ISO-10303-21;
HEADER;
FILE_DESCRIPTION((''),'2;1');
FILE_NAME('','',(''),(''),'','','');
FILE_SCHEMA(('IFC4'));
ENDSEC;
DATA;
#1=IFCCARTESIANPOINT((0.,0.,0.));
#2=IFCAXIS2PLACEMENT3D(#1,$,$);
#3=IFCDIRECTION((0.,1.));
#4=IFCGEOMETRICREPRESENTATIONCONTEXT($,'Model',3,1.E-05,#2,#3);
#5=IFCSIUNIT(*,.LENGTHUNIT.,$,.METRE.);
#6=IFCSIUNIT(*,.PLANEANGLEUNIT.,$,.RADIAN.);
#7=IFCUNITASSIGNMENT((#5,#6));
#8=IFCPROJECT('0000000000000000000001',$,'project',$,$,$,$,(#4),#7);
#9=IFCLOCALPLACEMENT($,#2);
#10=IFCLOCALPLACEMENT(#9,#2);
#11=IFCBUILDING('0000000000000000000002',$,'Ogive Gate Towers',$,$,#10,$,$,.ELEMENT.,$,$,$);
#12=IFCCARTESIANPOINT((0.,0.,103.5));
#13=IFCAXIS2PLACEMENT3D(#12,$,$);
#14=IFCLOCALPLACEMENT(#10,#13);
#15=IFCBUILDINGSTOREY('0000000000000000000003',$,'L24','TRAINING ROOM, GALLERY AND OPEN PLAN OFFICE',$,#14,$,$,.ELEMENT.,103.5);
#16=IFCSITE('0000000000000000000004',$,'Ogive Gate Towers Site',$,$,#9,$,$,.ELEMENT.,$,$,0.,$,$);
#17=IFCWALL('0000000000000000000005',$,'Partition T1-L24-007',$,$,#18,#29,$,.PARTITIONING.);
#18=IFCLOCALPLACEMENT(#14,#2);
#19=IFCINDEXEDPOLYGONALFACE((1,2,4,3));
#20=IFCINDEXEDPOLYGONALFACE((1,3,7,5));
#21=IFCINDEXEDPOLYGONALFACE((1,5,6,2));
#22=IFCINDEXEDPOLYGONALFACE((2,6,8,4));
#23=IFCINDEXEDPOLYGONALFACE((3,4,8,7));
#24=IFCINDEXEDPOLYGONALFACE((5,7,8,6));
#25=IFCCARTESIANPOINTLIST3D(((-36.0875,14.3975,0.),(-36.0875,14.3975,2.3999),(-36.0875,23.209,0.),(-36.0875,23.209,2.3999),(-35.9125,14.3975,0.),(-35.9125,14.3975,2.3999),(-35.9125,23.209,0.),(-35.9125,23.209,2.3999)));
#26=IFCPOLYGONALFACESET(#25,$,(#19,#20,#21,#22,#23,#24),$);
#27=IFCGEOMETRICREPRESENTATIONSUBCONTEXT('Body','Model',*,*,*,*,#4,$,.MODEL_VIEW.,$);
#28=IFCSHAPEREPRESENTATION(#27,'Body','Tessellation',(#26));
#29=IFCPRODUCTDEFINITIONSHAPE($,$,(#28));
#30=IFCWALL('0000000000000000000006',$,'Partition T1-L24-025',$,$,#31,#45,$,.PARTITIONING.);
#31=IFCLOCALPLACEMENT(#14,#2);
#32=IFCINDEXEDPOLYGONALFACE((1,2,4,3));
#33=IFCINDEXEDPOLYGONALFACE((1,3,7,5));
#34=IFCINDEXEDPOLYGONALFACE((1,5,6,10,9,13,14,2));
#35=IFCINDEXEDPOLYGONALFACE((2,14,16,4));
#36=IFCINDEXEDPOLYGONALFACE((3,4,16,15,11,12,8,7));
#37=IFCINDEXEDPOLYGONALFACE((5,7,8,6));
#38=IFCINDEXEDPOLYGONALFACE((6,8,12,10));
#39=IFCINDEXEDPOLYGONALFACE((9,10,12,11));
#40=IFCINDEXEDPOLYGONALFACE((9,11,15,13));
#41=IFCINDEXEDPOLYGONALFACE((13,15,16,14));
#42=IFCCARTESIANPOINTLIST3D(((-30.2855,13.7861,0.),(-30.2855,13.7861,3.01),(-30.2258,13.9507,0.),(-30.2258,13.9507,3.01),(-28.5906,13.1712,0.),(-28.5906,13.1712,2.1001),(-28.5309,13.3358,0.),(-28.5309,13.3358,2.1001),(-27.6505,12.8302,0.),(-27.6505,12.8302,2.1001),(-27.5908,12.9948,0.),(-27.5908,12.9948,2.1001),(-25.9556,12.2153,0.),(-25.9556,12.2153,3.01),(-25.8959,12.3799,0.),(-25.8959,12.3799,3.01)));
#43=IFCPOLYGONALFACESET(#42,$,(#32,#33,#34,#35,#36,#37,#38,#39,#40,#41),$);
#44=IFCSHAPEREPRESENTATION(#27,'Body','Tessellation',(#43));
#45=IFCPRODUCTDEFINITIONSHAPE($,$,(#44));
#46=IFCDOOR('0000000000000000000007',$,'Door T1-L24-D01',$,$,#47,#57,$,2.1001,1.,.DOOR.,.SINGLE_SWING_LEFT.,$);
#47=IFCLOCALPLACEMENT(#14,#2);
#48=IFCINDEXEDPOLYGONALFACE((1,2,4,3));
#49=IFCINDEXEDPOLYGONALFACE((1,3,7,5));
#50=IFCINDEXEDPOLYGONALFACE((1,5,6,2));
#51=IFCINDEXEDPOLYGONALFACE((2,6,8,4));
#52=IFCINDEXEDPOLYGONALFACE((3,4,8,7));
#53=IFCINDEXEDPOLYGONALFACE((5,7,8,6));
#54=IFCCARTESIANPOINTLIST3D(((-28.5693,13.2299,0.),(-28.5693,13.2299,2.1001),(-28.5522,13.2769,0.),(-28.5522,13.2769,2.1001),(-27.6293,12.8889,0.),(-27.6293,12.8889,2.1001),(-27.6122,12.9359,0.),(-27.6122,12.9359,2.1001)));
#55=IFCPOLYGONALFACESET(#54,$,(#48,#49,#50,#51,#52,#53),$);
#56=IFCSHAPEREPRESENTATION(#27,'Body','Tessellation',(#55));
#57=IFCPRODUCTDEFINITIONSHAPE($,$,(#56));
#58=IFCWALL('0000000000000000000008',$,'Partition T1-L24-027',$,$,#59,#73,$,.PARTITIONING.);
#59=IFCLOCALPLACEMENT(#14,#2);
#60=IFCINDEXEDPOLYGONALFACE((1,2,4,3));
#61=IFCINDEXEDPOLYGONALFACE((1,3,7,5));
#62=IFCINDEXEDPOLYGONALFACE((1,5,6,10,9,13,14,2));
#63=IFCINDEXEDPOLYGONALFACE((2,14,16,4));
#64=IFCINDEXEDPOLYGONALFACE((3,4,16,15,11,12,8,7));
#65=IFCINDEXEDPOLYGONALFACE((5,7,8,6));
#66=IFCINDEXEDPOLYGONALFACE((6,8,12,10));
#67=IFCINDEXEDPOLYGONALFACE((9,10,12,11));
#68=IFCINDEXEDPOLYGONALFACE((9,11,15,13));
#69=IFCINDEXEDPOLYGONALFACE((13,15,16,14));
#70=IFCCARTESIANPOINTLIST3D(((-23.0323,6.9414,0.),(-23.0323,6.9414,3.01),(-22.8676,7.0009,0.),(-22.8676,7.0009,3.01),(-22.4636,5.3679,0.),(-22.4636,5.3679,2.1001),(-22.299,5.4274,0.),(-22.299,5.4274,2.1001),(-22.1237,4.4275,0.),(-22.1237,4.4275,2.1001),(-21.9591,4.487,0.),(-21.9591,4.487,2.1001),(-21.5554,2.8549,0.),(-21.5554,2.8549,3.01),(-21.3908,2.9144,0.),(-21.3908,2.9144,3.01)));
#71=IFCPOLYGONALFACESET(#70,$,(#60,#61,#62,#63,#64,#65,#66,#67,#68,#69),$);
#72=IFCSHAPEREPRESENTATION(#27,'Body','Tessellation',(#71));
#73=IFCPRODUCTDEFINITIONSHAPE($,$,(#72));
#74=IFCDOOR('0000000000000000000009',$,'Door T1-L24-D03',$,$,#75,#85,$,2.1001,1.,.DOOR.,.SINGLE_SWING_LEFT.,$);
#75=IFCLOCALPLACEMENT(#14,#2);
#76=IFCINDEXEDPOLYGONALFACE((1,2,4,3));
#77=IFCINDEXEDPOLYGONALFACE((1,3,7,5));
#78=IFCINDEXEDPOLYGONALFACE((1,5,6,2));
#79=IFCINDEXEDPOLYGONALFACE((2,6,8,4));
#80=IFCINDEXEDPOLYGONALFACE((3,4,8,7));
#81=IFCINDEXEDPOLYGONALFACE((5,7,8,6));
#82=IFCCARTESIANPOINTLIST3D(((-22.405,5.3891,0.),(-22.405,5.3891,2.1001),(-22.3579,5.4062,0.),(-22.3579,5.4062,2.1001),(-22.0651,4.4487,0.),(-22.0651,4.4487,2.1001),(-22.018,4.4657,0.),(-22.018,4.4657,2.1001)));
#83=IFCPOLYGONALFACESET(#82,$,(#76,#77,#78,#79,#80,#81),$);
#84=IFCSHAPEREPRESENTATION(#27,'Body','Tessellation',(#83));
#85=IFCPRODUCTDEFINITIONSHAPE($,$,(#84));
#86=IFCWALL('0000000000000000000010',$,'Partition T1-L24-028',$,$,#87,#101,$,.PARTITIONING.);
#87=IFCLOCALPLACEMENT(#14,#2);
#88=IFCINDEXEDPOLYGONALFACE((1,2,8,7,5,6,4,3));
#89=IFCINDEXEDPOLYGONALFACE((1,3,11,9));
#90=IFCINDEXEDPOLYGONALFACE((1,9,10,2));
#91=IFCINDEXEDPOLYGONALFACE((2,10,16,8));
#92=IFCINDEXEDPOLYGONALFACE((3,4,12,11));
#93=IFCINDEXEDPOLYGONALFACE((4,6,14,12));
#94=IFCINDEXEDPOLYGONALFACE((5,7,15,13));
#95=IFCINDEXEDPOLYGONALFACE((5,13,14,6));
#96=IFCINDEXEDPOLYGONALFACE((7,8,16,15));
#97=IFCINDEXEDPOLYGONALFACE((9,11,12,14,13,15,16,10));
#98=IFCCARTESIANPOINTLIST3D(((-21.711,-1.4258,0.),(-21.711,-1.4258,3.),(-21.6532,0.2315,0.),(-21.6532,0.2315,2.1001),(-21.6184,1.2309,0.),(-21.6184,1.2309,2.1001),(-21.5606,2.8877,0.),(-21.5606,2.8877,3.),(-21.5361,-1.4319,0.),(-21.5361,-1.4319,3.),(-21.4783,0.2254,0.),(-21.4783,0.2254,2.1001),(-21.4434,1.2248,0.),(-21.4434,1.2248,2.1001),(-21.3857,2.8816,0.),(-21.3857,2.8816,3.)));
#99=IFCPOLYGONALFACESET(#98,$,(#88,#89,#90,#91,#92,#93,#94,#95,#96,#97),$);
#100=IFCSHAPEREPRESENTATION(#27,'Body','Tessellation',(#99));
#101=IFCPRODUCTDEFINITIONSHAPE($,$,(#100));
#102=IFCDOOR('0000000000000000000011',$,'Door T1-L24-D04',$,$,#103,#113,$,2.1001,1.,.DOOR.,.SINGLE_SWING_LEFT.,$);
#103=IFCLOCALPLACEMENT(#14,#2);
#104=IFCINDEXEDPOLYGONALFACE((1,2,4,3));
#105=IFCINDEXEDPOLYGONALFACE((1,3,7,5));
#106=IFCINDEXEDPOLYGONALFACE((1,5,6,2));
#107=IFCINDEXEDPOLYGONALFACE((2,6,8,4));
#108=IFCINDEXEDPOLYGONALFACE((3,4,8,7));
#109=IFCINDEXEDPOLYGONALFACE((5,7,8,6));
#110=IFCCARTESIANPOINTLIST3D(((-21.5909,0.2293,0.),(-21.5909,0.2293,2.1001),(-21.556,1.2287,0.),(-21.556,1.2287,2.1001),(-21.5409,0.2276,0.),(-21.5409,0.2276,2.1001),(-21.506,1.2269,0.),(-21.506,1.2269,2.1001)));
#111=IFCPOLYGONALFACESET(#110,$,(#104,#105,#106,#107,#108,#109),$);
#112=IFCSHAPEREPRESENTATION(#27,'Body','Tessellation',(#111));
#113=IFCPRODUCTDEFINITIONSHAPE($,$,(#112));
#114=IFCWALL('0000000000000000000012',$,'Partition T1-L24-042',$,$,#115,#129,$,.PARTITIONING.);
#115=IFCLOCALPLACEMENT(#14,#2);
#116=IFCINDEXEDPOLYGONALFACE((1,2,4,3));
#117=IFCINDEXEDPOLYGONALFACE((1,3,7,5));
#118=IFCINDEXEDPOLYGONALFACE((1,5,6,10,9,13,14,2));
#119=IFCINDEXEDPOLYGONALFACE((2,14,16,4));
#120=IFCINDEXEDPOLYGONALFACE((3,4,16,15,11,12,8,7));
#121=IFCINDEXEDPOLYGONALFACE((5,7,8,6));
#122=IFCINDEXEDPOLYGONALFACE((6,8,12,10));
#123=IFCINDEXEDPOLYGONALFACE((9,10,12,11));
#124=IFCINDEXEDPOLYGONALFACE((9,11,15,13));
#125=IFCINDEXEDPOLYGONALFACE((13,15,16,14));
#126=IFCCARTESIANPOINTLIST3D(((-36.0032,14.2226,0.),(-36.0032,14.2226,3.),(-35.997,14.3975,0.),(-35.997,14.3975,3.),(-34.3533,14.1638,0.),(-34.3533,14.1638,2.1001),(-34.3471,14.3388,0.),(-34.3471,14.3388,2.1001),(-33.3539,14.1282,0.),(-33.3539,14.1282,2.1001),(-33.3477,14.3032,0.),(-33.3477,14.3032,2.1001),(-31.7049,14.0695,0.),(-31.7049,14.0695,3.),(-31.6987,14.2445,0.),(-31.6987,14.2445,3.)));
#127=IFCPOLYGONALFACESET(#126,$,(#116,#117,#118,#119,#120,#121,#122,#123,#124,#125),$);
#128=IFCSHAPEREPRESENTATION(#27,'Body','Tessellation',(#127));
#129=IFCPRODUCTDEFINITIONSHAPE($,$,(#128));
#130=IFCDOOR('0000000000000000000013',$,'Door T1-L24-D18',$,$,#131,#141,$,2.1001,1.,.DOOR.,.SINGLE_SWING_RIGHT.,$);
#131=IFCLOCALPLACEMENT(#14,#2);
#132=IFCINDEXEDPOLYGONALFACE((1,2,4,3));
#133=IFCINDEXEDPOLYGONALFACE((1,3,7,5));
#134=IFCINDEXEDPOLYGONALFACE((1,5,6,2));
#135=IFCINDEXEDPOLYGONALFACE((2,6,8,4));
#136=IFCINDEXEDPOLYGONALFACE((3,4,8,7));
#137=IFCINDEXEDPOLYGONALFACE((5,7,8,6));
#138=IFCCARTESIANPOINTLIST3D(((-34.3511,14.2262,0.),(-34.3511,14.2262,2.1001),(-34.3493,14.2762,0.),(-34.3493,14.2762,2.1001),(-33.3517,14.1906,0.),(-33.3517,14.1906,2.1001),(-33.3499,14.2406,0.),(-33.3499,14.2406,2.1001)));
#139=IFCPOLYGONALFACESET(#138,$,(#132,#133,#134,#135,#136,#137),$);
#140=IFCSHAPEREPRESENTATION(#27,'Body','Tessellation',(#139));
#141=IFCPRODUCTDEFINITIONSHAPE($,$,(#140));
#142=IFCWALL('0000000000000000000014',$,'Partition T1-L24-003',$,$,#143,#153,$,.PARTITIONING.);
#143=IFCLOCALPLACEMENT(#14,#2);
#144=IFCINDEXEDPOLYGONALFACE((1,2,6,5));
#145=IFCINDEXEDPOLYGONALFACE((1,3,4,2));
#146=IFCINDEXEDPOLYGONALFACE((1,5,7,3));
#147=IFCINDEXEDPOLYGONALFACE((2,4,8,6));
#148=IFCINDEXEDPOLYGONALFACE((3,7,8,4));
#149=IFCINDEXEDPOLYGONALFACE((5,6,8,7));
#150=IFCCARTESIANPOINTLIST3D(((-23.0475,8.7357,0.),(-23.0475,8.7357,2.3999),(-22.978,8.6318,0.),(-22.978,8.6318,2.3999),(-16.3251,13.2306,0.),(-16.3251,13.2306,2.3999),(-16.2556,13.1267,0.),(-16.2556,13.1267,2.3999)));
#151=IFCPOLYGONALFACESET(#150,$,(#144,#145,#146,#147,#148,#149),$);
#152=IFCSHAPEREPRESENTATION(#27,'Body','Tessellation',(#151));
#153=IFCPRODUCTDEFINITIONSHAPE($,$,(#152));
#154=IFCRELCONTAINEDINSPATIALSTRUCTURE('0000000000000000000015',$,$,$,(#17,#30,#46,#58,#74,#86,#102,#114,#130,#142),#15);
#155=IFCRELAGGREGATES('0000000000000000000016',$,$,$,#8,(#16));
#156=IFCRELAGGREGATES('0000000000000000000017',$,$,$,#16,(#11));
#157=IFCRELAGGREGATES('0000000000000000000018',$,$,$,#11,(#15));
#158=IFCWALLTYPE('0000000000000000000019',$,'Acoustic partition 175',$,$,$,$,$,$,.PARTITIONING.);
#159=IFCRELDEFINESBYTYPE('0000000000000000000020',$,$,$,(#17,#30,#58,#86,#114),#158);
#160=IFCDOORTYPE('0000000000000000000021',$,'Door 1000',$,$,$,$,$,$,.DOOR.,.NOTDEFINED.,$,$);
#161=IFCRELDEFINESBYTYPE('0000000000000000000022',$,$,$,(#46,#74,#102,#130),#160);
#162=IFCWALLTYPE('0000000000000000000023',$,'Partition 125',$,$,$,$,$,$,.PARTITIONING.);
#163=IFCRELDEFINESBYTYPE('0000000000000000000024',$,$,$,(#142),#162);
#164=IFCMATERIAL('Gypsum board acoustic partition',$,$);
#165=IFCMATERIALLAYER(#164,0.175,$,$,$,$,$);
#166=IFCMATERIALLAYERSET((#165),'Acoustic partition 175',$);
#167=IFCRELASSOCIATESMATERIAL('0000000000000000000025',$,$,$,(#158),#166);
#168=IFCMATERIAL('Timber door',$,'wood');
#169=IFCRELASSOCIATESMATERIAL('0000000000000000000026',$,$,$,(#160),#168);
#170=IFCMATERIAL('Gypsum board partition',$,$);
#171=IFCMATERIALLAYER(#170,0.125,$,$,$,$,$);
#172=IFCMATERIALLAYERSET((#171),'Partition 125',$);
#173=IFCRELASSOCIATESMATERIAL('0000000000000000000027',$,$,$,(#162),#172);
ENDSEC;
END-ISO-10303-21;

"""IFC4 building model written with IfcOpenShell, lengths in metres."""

from ifc_helpers import new_model, si_unit, direction, frame, frame_2d, origin, place, context, subcontext, project, spatial, rectangle, extrude, material, layer, layer_set, type_object, element, fill, save


model = new_model("IFC4")

# Units and contexts
model_context = context("Model", 3, precision=1e-05, world=origin(), true_north=direction((0.0, 1.0)))
body_context = subcontext(model_context, "Body", "Model", "MODEL_VIEW")
ifc_project = project(units=[si_unit("LENGTHUNIT", "METRE"), si_unit("PLANEANGLEUNIT", "RADIAN")], contexts=[model_context])

# Site, building, storey
site_placement = place(None, origin())
site = spatial("IfcSite", under=ifc_project, at=site_placement, Name="Ogive Gate Towers Site", CompositionType="ELEMENT", RefElevation=0.0)
building_placement = place(site_placement, origin())
building = spatial("IfcBuilding", under=site, at=building_placement, Name="Ogive Gate Towers", CompositionType="ELEMENT")
storey_placement = place(building_placement, frame((0.0, 0.0, 103.5)))
storey = spatial("IfcBuildingStorey", under=building, at=storey_placement, Name="L24", Description="TRAINING ROOM, GALLERY AND OPEN PLAN OFFICE", CompositionType="ELEMENT", Elevation=103.5)

# Wall
ifc_material_1 = material(Name="Gypsum board acoustic partition")
ifc_layer_1 = layer(ifc_material_1, 0.175)
ifc_layer_set_1 = layer_set([ifc_layer_1], Name="Acoustic partition 175")
wall_type_1 = type_object("IfcWallType", Name="Acoustic partition 175", PredefinedType="PARTITIONING", material=ifc_layer_set_1)
wall_1_placement = place(storey_placement, frame((-36.0, 23.209, 0.0), z_axis=(0.0, 0.0, 1.0), x_axis=(0.0, -1.0, 0.0)))
element("IfcWall", 1, at=wall_1_placement, inside=storey, type_object=wall_type_1, Name="Partition T1-L24-007", PredefinedType="PARTITIONING", context=body_context, shape_type="SweptSolid", body=[
    extrude(rectangle(XDim=8.8115, YDim=0.175, at=frame_2d((4.4058, 0.0))), origin(), (0.0, 0.0, 1.0), 2.3999),
])

# Walls, openings, doors
wall_2_placement = place(storey_placement, frame((-30.2556, 13.8684, 0.0), z_axis=(0.0, 0.0, 1.0), x_axis=(0.94005, -0.341036, 0.0)))
wall_2 = element("IfcWall", 2, at=wall_2_placement, inside=storey, type_object=wall_type_1, Name="Partition T1-L24-025", PredefinedType="PARTITIONING", context=body_context, shape_type="SweptSolid", body=[
    extrude(rectangle(XDim=4.606, YDim=0.175, at=frame_2d((2.303, 0.0))), origin(), (0.0, 0.0, 1.0), 3.01),
])
opening_1_placement = place(wall_2_placement, frame((1.803, 0.0, 0.0)))
opening_1 = element("IfcOpeningElement", 3, at=opening_1_placement, cuts=wall_2, PredefinedType="OPENING", context=body_context, shape_type="SweptSolid", body=[
    extrude(rectangle(XDim=1.0, YDim=2.1001, at=frame_2d((0.5, 1.05))), frame((0.0, 0.0977, 0.0), z_axis=(0.0, -1.0, 0.0), x_axis=(1.0, 0.0, 0.0)), (0.0, 0.0, 1.0), 0.1951),
])
ifc_material_2 = material(Name="Timber door", Category="wood")
door_type_1 = type_object("IfcDoorType", Name="Door 1000", OperationType="NOTDEFINED", PredefinedType="DOOR", material=ifc_material_2)
door_1_placement = place(opening_1_placement, origin())
door_1 = element("IfcDoor", 4, at=door_1_placement, inside=storey, type_object=door_type_1, Name="Door T1-L24-D01", OperationType="SINGLE_SWING_LEFT", OverallHeight=2.1001, OverallWidth=1.0, PredefinedType="DOOR", context=body_context, shape_type="SweptSolid", body=[
    extrude(rectangle(XDim=1.0, YDim=2.1001, at=frame_2d((0.5, 1.05))), frame((0.0, 0.0249, 0.0), z_axis=(0.0, -1.0, 0.0), x_axis=(1.0, 0.0, 0.0)), (0.0, 0.0, 1.0), 0.05),
])
fill(opening_1, door_1)
wall_3_placement = place(storey_placement, frame((-22.95, 6.9712, 0.0), z_axis=(0.0, 0.0, 1.0), x_axis=(0.339879, -0.940469, 0.0)))
wall_3 = element("IfcWall", 5, at=wall_3_placement, inside=storey, type_object=wall_type_1, Name="Partition T1-L24-027", PredefinedType="PARTITIONING", context=body_context, shape_type="SweptSolid", body=[
    extrude(rectangle(XDim=4.3452, YDim=0.175, at=frame_2d((2.1726, 0.0))), origin(), (0.0, 0.0, 1.0), 3.01),
])
opening_2_placement = place(wall_3_placement, frame((1.6731, 0.0, 0.0)))
opening_2 = element("IfcOpeningElement", 6, at=opening_2_placement, cuts=wall_3, PredefinedType="OPENING", context=body_context, shape_type="SweptSolid", body=[
    extrude(rectangle(XDim=1.0, YDim=2.1001, at=frame_2d((0.5, 1.05))), frame((0.0, 0.0977, 0.0), z_axis=(0.0, -1.0, 0.0), x_axis=(1.0, 0.0, 0.0)), (0.0, 0.0, 1.0), 0.1951),
])
door_2_placement = place(opening_2_placement, origin())
door_2 = element("IfcDoor", 7, at=door_2_placement, inside=storey, type_object=door_type_1, Name="Door T1-L24-D03", OperationType="SINGLE_SWING_LEFT", OverallHeight=2.1001, OverallWidth=1.0, PredefinedType="DOOR", context=body_context, shape_type="SweptSolid", body=[
    extrude(rectangle(XDim=1.0, YDim=2.1001, at=frame_2d((0.5, 1.05))), frame((0.0, 0.0249, 0.0), z_axis=(0.0, -1.0, 0.0), x_axis=(1.0, 0.0, 0.0)), (0.0, 0.0, 1.0), 0.05),
])
fill(opening_2, door_2)
wall_4_placement = place(storey_placement, frame((-21.4731, 2.8848, 0.0), z_axis=(0.0, 0.0, 1.0), x_axis=(-0.034844, -0.999393, 0.0)))
wall_4 = element("IfcWall", 8, at=wall_4_placement, inside=storey, type_object=wall_type_1, Name="Partition T1-L24-028", PredefinedType="PARTITIONING", context=body_context, shape_type="SweptSolid", body=[
    extrude(rectangle(XDim=4.3162, YDim=0.175, at=frame_2d((2.1582, 0.0))), origin(), (0.0, 0.0, 1.0), 3.0),
])
opening_3_placement = place(wall_4_placement, frame((1.658, 0.0, 0.0)))
opening_3 = element("IfcOpeningElement", 9, at=opening_3_placement, cuts=wall_4, PredefinedType="OPENING", context=body_context, shape_type="SweptSolid", body=[
    extrude(rectangle(XDim=1.0, YDim=2.1001, at=frame_2d((0.5, 1.05))), frame((0.0, 0.0977, 0.0), z_axis=(0.0, -1.0, 0.0), x_axis=(1.0, 0.0, 0.0)), (0.0, 0.0, 1.0), 0.1951),
])
door_3_placement = place(opening_3_placement, origin())
door_3 = element("IfcDoor", 10, at=door_3_placement, inside=storey, type_object=door_type_1, Name="Door T1-L24-D04", OperationType="SINGLE_SWING_LEFT", OverallHeight=2.1001, OverallWidth=1.0, PredefinedType="DOOR", context=body_context, shape_type="SweptSolid", body=[
    extrude(rectangle(XDim=1.0, YDim=2.1001, at=frame_2d((0.5, 1.05))), frame((0.0, 0.0249, 0.0), z_axis=(0.0, -1.0, 0.0), x_axis=(1.0, 0.0, 0.0)), (0.0, 0.0, 1.0), 0.05),
])
fill(opening_3, door_3)
wall_5_placement = place(storey_placement, frame((-36.0, 14.3101, 0.0), z_axis=(0.0, 0.0, 1.0), x_axis=(0.999366, -0.03559, 0.0)))
wall_5 = element("IfcWall", 11, at=wall_5_placement, inside=storey, type_object=wall_type_1, Name="Partition T1-L24-042", PredefinedType="PARTITIONING", context=body_context, shape_type="SweptSolid", body=[
    extrude(rectangle(XDim=4.301, YDim=0.175, at=frame_2d((2.1504, 0.0))), origin(), (0.0, 0.0, 1.0), 3.0),
])
opening_4_placement = place(wall_5_placement, frame((1.6509, 0.0, 0.0)))
opening_4 = element("IfcOpeningElement", 12, at=opening_4_placement, cuts=wall_5, PredefinedType="OPENING", context=body_context, shape_type="SweptSolid", body=[
    extrude(rectangle(XDim=1.0, YDim=2.1001, at=frame_2d((0.5, 1.05))), frame((0.0, 0.0977, 0.0), z_axis=(0.0, -1.0, 0.0), x_axis=(1.0, 0.0, 0.0)), (0.0, 0.0, 1.0), 0.1951),
])
door_4_placement = place(opening_4_placement, origin())
door_4 = element("IfcDoor", 13, at=door_4_placement, inside=storey, type_object=door_type_1, Name="Door T1-L24-D18", OperationType="SINGLE_SWING_RIGHT", OverallHeight=2.1001, OverallWidth=1.0, PredefinedType="DOOR", context=body_context, shape_type="SweptSolid", body=[
    extrude(rectangle(XDim=1.0, YDim=2.1001, at=frame_2d((0.5, 1.05))), frame((0.0, 0.0249, 0.0), z_axis=(0.0, -1.0, 0.0), x_axis=(1.0, 0.0, 0.0)), (0.0, 0.0, 1.0), 0.05),
])
fill(opening_4, door_4)

# Wall
ifc_material_3 = material(Name="Gypsum board partition")
ifc_layer_2 = layer(ifc_material_3, 0.125)
ifc_layer_set_2 = layer_set([ifc_layer_2], Name="Partition 125")
wall_type_2 = type_object("IfcWallType", Name="Partition 125", PredefinedType="PARTITIONING", material=ifc_layer_set_2)
wall_6_placement = place(storey_placement, frame((-16.2903, 13.1787, 0.0), z_axis=(0.0, 0.0, 1.0), x_axis=(-0.831292, -0.555835, 0.0)))
element("IfcWall", 14, at=wall_6_placement, inside=storey, type_object=wall_type_2, Name="Partition T1-L24-003", PredefinedType="PARTITIONING", context=body_context, shape_type="SweptSolid", body=[
    extrude(rectangle(XDim=8.0867, YDim=0.125, at=frame_2d((4.0435, 0.0))), origin(), (0.0, 0.0, 1.0), 2.3999),
])

save(model, "model.ifc")
